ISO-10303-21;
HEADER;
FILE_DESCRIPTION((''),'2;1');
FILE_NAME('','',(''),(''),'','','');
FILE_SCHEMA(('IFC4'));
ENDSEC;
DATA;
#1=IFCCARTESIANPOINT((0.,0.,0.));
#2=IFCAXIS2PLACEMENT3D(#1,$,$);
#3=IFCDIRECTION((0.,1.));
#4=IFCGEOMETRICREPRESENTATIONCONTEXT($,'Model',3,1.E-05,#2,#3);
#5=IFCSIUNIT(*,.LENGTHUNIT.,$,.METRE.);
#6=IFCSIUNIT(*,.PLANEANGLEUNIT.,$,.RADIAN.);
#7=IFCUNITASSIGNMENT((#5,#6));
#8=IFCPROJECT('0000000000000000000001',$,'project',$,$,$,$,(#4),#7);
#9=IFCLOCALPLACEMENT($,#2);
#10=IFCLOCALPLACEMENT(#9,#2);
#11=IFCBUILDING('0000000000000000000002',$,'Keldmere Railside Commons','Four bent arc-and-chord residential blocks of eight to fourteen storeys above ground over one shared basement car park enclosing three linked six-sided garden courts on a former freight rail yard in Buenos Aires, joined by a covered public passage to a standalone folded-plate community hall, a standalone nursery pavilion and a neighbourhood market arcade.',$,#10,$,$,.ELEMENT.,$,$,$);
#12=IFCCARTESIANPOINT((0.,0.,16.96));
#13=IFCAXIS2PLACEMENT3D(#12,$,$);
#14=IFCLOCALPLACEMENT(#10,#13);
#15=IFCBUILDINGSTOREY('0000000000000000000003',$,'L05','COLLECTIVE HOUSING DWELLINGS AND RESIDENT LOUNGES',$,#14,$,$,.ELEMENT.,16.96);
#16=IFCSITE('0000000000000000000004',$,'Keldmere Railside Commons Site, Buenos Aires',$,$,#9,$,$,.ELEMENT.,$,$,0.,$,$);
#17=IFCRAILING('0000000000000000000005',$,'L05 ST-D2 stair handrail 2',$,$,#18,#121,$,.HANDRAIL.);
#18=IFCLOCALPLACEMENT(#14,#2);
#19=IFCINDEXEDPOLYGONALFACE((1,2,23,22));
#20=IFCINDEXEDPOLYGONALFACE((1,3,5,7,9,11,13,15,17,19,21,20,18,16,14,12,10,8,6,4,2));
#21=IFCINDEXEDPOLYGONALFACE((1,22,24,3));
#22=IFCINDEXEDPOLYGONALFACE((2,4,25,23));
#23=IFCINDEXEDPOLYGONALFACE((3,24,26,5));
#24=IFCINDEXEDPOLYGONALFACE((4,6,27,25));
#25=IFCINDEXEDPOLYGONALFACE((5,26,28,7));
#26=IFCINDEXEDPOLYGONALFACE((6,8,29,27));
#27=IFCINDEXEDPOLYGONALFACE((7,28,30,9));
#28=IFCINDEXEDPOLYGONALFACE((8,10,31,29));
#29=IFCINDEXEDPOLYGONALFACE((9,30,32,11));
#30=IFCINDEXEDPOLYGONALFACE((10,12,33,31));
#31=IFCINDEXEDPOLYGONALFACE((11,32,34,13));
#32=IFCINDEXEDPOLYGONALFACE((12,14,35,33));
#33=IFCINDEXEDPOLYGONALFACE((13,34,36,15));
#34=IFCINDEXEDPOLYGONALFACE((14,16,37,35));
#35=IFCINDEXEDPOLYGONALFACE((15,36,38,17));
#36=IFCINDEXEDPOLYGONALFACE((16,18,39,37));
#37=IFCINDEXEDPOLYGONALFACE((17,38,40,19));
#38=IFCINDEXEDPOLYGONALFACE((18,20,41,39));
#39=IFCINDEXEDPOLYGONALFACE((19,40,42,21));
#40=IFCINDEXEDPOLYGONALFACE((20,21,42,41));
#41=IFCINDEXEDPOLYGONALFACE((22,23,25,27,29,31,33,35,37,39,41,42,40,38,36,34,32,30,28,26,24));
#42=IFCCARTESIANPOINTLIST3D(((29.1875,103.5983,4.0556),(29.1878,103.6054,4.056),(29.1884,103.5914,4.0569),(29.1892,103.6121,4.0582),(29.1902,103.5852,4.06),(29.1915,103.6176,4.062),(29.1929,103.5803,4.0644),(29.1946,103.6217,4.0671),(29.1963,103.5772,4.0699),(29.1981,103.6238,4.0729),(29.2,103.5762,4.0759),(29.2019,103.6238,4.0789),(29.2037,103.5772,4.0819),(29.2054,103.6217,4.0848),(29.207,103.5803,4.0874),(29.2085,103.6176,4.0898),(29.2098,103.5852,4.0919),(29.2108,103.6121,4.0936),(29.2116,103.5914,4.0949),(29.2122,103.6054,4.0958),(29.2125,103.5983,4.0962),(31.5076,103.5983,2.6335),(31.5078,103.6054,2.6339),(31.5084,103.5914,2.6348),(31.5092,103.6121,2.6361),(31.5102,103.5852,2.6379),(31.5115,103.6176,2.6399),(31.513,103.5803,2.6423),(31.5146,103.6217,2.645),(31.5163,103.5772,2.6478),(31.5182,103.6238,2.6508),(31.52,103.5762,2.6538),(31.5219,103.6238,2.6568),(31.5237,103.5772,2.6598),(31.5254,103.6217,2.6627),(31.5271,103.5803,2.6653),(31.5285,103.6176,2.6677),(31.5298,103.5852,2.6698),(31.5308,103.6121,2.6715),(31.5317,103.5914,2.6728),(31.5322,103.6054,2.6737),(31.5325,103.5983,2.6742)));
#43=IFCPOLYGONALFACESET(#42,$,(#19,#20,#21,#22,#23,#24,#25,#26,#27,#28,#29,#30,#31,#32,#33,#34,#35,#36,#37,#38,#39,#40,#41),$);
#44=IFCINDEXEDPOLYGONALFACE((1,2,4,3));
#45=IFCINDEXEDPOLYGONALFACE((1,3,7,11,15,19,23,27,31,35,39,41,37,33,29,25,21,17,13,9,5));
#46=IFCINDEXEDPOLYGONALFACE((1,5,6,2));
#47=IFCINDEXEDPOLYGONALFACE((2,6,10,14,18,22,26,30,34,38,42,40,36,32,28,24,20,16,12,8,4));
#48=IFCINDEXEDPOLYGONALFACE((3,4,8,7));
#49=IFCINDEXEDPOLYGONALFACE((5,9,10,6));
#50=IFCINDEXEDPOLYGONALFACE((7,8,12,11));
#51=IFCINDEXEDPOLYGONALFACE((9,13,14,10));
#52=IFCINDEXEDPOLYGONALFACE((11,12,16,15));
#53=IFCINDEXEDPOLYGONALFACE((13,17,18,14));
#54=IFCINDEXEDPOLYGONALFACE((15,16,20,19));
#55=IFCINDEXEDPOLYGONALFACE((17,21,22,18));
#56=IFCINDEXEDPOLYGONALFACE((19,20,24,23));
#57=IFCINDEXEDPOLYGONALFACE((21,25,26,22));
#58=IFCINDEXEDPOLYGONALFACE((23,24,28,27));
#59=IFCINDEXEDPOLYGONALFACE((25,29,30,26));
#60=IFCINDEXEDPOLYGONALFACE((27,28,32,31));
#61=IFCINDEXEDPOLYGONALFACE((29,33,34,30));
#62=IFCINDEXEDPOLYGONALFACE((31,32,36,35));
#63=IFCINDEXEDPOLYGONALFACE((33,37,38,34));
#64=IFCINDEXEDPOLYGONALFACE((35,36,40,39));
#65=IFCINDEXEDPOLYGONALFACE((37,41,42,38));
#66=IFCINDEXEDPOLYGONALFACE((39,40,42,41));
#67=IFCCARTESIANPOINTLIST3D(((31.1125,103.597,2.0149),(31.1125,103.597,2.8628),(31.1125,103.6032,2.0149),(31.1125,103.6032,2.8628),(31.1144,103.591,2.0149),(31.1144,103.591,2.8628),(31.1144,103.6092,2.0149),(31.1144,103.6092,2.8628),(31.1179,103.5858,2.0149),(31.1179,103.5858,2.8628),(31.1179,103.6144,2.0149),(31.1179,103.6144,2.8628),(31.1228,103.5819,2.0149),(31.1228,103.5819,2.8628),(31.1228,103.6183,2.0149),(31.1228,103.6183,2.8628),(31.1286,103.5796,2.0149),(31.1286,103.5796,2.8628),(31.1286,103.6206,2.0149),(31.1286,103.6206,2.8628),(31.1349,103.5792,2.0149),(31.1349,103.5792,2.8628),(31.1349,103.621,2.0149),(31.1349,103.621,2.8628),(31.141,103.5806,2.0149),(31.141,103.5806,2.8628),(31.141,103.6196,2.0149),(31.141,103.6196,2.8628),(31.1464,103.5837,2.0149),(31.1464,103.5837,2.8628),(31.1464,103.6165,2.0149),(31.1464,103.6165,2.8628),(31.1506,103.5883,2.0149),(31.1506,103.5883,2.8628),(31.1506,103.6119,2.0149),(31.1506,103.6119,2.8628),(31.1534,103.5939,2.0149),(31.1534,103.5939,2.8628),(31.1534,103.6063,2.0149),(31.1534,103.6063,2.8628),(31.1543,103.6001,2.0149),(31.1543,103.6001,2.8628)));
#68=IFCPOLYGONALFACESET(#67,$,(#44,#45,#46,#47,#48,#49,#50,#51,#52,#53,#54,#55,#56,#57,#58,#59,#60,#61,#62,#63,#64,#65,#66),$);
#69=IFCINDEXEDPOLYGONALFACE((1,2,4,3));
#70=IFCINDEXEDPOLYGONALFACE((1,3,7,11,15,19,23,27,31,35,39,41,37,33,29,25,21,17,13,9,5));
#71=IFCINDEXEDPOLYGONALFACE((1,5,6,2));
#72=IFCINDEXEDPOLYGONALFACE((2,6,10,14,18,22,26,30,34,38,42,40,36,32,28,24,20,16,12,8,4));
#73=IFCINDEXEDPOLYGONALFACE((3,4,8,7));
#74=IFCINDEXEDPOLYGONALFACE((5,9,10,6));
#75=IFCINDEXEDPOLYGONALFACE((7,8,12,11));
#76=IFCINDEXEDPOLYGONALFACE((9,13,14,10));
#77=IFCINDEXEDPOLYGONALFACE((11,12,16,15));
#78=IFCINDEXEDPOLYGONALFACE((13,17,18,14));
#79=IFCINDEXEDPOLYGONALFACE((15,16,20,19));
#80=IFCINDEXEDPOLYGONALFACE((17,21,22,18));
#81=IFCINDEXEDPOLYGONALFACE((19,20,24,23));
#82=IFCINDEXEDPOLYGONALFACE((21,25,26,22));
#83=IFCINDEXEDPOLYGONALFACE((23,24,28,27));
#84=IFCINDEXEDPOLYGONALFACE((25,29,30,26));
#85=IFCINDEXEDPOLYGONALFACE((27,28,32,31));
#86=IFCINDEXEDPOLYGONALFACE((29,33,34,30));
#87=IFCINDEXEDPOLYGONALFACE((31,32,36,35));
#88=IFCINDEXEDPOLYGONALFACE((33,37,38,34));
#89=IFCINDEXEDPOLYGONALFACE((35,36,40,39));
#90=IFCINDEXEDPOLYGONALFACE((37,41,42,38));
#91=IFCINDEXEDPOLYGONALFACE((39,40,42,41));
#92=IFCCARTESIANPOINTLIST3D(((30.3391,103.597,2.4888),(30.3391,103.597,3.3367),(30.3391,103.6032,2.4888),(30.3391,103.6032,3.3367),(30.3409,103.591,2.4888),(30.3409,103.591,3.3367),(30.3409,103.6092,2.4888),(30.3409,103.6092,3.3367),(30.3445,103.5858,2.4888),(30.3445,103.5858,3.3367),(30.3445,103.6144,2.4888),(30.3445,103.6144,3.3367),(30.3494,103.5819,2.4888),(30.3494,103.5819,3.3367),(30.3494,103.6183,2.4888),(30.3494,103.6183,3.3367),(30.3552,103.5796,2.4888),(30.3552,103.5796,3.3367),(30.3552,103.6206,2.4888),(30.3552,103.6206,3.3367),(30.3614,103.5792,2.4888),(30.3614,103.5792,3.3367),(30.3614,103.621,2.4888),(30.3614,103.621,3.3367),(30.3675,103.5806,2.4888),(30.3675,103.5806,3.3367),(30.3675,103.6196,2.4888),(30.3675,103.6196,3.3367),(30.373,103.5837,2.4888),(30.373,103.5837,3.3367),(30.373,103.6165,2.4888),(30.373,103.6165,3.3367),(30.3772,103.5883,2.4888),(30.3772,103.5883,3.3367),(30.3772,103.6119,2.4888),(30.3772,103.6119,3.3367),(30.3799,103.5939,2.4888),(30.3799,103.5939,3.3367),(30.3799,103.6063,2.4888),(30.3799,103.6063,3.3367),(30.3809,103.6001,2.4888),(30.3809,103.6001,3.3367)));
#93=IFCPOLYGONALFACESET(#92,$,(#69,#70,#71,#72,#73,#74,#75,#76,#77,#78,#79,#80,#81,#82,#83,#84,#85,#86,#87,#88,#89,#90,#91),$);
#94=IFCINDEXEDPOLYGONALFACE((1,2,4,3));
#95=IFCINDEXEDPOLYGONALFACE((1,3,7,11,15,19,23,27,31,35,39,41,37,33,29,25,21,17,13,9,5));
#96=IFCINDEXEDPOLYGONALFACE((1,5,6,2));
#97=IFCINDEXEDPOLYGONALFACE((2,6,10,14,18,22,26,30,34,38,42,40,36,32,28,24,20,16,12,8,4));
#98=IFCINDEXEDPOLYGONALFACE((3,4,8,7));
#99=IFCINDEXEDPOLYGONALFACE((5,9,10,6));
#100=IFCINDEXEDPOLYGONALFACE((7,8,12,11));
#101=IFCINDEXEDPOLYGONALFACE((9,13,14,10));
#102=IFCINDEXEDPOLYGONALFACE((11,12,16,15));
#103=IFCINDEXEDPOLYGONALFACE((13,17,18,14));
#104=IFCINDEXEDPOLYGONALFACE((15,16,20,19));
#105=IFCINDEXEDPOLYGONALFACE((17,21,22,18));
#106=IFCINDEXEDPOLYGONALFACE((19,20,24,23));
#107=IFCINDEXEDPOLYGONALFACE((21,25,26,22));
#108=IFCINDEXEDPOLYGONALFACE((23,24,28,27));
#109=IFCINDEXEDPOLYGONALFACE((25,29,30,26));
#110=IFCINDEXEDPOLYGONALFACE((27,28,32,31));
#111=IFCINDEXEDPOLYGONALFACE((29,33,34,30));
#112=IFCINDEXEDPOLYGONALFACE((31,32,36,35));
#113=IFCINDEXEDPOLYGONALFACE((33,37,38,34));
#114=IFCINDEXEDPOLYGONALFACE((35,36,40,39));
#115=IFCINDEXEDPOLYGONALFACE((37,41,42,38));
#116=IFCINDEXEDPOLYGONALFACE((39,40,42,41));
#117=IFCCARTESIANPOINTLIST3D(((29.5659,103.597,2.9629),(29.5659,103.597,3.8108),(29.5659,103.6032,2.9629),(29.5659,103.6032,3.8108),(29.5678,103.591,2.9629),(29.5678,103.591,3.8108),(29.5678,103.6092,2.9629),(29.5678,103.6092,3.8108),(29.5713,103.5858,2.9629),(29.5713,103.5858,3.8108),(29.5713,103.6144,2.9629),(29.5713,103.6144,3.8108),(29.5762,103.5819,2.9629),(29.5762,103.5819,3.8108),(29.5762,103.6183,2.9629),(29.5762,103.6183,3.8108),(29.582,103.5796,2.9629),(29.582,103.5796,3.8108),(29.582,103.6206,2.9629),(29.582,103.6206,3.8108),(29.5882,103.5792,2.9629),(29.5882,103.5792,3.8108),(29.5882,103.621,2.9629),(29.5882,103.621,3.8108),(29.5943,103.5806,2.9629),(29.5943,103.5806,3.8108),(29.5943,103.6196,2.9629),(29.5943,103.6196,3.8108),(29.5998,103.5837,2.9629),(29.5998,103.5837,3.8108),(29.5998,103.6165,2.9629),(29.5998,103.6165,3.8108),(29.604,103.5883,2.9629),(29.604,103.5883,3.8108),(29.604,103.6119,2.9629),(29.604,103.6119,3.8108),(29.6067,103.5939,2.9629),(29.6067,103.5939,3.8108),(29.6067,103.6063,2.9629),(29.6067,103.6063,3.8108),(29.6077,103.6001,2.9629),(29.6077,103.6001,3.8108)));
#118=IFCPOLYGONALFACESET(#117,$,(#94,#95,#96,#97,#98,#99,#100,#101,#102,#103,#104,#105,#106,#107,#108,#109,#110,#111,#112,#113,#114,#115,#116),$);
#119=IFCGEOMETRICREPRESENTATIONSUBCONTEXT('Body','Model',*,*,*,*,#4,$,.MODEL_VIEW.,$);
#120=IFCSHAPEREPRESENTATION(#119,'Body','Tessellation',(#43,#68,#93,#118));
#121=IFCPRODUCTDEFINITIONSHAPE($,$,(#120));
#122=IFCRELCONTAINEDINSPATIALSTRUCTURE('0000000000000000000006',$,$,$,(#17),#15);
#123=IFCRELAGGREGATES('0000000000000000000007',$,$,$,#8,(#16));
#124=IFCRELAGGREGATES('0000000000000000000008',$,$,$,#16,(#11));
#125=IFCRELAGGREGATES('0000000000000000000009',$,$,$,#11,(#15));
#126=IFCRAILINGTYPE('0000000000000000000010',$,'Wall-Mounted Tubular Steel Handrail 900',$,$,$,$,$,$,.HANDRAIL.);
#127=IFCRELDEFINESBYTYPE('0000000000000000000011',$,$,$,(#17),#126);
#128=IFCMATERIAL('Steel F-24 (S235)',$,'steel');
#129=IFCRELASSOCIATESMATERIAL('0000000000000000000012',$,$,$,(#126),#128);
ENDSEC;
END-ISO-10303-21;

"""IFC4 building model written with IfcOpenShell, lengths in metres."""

from ifc_helpers import new_model, si_unit, direction, frame, origin, origin_2d, place, context, subcontext, project, spatial, circle, extrude, material, type_object, element, save


model = new_model("IFC4")

# Units and contexts
model_context = context("Model", 3, precision=1e-05, world=origin(), true_north=direction((0.0, 1.0)))
body_context = subcontext(model_context, "Body", "Model", "MODEL_VIEW")
ifc_project = project(units=[si_unit("LENGTHUNIT", "METRE"), si_unit("PLANEANGLEUNIT", "RADIAN")], contexts=[model_context])

# Site, building, storey
site_placement = place(None, origin())
site = spatial("IfcSite", under=ifc_project, at=site_placement, Name="Keldmere Railside Commons Site, Buenos Aires", CompositionType="ELEMENT", RefElevation=0.0)
building_placement = place(site_placement, origin())
building = spatial("IfcBuilding", under=site, at=building_placement, Name="Keldmere Railside Commons", Description="Four bent arc-and-chord residential blocks of eight to fourteen storeys above ground over one shared basement car park enclosing three linked six-sided garden courts on a former freight rail yard in Buenos Aires, joined by a covered public passage to a standalone folded-plate community hall, a standalone nursery pavilion and a neighbourhood market arcade.", CompositionType="ELEMENT")
storey_placement = place(building_placement, frame((0.0, 0.0, 16.96)))
storey = spatial("IfcBuildingStorey", under=building, at=storey_placement, Name="L05", Description="COLLECTIVE HOUSING DWELLINGS AND RESIDENT LOUNGES", CompositionType="ELEMENT", Elevation=16.96)

# Shared definitions
ifc_material_1 = material(Name="Steel F-24 (S235)", Category="steel")

# Railing
railing_type_1 = type_object("IfcRailingType", Name="Wall-Mounted Tubular Steel Handrail 900", PredefinedType="HANDRAIL", material=ifc_material_1)
railing_1_placement = place(storey_placement, frame((31.52, 103.6001, 1.7778)))
element("IfcRailing", 1, at=railing_1_placement, inside=storey, type_object=railing_type_1, Name="L05 ST-D2 stair handrail 2", PredefinedType="HANDRAIL", context=body_context, shape_type="SweptSolid", body=[
    extrude(circle(Radius=0.0239, at=origin_2d()), frame((0.0, 0.0, 0.876), z_axis=(-0.852578, 0.0, 0.5226), x_axis=(0.0, -1.0, 0.0)), (0.0, 0.0, 1.0), 2.7212),
    extrude(circle(Radius=0.021, at=origin_2d()), frame((-0.3867, 0.0, 0.2371)), (0.0, 0.0, 1.0), 0.8479),
    extrude(circle(Radius=0.021, at=origin_2d()), frame((-1.1602, 0.0, 0.7109)), (0.0, 0.0, 1.0), 0.8479),
    extrude(circle(Radius=0.021, at=origin_2d()), frame((-1.9333, 0.0, 1.1851)), (0.0, 0.0, 1.0), 0.8479),
])

save(model, "model.ifc")
